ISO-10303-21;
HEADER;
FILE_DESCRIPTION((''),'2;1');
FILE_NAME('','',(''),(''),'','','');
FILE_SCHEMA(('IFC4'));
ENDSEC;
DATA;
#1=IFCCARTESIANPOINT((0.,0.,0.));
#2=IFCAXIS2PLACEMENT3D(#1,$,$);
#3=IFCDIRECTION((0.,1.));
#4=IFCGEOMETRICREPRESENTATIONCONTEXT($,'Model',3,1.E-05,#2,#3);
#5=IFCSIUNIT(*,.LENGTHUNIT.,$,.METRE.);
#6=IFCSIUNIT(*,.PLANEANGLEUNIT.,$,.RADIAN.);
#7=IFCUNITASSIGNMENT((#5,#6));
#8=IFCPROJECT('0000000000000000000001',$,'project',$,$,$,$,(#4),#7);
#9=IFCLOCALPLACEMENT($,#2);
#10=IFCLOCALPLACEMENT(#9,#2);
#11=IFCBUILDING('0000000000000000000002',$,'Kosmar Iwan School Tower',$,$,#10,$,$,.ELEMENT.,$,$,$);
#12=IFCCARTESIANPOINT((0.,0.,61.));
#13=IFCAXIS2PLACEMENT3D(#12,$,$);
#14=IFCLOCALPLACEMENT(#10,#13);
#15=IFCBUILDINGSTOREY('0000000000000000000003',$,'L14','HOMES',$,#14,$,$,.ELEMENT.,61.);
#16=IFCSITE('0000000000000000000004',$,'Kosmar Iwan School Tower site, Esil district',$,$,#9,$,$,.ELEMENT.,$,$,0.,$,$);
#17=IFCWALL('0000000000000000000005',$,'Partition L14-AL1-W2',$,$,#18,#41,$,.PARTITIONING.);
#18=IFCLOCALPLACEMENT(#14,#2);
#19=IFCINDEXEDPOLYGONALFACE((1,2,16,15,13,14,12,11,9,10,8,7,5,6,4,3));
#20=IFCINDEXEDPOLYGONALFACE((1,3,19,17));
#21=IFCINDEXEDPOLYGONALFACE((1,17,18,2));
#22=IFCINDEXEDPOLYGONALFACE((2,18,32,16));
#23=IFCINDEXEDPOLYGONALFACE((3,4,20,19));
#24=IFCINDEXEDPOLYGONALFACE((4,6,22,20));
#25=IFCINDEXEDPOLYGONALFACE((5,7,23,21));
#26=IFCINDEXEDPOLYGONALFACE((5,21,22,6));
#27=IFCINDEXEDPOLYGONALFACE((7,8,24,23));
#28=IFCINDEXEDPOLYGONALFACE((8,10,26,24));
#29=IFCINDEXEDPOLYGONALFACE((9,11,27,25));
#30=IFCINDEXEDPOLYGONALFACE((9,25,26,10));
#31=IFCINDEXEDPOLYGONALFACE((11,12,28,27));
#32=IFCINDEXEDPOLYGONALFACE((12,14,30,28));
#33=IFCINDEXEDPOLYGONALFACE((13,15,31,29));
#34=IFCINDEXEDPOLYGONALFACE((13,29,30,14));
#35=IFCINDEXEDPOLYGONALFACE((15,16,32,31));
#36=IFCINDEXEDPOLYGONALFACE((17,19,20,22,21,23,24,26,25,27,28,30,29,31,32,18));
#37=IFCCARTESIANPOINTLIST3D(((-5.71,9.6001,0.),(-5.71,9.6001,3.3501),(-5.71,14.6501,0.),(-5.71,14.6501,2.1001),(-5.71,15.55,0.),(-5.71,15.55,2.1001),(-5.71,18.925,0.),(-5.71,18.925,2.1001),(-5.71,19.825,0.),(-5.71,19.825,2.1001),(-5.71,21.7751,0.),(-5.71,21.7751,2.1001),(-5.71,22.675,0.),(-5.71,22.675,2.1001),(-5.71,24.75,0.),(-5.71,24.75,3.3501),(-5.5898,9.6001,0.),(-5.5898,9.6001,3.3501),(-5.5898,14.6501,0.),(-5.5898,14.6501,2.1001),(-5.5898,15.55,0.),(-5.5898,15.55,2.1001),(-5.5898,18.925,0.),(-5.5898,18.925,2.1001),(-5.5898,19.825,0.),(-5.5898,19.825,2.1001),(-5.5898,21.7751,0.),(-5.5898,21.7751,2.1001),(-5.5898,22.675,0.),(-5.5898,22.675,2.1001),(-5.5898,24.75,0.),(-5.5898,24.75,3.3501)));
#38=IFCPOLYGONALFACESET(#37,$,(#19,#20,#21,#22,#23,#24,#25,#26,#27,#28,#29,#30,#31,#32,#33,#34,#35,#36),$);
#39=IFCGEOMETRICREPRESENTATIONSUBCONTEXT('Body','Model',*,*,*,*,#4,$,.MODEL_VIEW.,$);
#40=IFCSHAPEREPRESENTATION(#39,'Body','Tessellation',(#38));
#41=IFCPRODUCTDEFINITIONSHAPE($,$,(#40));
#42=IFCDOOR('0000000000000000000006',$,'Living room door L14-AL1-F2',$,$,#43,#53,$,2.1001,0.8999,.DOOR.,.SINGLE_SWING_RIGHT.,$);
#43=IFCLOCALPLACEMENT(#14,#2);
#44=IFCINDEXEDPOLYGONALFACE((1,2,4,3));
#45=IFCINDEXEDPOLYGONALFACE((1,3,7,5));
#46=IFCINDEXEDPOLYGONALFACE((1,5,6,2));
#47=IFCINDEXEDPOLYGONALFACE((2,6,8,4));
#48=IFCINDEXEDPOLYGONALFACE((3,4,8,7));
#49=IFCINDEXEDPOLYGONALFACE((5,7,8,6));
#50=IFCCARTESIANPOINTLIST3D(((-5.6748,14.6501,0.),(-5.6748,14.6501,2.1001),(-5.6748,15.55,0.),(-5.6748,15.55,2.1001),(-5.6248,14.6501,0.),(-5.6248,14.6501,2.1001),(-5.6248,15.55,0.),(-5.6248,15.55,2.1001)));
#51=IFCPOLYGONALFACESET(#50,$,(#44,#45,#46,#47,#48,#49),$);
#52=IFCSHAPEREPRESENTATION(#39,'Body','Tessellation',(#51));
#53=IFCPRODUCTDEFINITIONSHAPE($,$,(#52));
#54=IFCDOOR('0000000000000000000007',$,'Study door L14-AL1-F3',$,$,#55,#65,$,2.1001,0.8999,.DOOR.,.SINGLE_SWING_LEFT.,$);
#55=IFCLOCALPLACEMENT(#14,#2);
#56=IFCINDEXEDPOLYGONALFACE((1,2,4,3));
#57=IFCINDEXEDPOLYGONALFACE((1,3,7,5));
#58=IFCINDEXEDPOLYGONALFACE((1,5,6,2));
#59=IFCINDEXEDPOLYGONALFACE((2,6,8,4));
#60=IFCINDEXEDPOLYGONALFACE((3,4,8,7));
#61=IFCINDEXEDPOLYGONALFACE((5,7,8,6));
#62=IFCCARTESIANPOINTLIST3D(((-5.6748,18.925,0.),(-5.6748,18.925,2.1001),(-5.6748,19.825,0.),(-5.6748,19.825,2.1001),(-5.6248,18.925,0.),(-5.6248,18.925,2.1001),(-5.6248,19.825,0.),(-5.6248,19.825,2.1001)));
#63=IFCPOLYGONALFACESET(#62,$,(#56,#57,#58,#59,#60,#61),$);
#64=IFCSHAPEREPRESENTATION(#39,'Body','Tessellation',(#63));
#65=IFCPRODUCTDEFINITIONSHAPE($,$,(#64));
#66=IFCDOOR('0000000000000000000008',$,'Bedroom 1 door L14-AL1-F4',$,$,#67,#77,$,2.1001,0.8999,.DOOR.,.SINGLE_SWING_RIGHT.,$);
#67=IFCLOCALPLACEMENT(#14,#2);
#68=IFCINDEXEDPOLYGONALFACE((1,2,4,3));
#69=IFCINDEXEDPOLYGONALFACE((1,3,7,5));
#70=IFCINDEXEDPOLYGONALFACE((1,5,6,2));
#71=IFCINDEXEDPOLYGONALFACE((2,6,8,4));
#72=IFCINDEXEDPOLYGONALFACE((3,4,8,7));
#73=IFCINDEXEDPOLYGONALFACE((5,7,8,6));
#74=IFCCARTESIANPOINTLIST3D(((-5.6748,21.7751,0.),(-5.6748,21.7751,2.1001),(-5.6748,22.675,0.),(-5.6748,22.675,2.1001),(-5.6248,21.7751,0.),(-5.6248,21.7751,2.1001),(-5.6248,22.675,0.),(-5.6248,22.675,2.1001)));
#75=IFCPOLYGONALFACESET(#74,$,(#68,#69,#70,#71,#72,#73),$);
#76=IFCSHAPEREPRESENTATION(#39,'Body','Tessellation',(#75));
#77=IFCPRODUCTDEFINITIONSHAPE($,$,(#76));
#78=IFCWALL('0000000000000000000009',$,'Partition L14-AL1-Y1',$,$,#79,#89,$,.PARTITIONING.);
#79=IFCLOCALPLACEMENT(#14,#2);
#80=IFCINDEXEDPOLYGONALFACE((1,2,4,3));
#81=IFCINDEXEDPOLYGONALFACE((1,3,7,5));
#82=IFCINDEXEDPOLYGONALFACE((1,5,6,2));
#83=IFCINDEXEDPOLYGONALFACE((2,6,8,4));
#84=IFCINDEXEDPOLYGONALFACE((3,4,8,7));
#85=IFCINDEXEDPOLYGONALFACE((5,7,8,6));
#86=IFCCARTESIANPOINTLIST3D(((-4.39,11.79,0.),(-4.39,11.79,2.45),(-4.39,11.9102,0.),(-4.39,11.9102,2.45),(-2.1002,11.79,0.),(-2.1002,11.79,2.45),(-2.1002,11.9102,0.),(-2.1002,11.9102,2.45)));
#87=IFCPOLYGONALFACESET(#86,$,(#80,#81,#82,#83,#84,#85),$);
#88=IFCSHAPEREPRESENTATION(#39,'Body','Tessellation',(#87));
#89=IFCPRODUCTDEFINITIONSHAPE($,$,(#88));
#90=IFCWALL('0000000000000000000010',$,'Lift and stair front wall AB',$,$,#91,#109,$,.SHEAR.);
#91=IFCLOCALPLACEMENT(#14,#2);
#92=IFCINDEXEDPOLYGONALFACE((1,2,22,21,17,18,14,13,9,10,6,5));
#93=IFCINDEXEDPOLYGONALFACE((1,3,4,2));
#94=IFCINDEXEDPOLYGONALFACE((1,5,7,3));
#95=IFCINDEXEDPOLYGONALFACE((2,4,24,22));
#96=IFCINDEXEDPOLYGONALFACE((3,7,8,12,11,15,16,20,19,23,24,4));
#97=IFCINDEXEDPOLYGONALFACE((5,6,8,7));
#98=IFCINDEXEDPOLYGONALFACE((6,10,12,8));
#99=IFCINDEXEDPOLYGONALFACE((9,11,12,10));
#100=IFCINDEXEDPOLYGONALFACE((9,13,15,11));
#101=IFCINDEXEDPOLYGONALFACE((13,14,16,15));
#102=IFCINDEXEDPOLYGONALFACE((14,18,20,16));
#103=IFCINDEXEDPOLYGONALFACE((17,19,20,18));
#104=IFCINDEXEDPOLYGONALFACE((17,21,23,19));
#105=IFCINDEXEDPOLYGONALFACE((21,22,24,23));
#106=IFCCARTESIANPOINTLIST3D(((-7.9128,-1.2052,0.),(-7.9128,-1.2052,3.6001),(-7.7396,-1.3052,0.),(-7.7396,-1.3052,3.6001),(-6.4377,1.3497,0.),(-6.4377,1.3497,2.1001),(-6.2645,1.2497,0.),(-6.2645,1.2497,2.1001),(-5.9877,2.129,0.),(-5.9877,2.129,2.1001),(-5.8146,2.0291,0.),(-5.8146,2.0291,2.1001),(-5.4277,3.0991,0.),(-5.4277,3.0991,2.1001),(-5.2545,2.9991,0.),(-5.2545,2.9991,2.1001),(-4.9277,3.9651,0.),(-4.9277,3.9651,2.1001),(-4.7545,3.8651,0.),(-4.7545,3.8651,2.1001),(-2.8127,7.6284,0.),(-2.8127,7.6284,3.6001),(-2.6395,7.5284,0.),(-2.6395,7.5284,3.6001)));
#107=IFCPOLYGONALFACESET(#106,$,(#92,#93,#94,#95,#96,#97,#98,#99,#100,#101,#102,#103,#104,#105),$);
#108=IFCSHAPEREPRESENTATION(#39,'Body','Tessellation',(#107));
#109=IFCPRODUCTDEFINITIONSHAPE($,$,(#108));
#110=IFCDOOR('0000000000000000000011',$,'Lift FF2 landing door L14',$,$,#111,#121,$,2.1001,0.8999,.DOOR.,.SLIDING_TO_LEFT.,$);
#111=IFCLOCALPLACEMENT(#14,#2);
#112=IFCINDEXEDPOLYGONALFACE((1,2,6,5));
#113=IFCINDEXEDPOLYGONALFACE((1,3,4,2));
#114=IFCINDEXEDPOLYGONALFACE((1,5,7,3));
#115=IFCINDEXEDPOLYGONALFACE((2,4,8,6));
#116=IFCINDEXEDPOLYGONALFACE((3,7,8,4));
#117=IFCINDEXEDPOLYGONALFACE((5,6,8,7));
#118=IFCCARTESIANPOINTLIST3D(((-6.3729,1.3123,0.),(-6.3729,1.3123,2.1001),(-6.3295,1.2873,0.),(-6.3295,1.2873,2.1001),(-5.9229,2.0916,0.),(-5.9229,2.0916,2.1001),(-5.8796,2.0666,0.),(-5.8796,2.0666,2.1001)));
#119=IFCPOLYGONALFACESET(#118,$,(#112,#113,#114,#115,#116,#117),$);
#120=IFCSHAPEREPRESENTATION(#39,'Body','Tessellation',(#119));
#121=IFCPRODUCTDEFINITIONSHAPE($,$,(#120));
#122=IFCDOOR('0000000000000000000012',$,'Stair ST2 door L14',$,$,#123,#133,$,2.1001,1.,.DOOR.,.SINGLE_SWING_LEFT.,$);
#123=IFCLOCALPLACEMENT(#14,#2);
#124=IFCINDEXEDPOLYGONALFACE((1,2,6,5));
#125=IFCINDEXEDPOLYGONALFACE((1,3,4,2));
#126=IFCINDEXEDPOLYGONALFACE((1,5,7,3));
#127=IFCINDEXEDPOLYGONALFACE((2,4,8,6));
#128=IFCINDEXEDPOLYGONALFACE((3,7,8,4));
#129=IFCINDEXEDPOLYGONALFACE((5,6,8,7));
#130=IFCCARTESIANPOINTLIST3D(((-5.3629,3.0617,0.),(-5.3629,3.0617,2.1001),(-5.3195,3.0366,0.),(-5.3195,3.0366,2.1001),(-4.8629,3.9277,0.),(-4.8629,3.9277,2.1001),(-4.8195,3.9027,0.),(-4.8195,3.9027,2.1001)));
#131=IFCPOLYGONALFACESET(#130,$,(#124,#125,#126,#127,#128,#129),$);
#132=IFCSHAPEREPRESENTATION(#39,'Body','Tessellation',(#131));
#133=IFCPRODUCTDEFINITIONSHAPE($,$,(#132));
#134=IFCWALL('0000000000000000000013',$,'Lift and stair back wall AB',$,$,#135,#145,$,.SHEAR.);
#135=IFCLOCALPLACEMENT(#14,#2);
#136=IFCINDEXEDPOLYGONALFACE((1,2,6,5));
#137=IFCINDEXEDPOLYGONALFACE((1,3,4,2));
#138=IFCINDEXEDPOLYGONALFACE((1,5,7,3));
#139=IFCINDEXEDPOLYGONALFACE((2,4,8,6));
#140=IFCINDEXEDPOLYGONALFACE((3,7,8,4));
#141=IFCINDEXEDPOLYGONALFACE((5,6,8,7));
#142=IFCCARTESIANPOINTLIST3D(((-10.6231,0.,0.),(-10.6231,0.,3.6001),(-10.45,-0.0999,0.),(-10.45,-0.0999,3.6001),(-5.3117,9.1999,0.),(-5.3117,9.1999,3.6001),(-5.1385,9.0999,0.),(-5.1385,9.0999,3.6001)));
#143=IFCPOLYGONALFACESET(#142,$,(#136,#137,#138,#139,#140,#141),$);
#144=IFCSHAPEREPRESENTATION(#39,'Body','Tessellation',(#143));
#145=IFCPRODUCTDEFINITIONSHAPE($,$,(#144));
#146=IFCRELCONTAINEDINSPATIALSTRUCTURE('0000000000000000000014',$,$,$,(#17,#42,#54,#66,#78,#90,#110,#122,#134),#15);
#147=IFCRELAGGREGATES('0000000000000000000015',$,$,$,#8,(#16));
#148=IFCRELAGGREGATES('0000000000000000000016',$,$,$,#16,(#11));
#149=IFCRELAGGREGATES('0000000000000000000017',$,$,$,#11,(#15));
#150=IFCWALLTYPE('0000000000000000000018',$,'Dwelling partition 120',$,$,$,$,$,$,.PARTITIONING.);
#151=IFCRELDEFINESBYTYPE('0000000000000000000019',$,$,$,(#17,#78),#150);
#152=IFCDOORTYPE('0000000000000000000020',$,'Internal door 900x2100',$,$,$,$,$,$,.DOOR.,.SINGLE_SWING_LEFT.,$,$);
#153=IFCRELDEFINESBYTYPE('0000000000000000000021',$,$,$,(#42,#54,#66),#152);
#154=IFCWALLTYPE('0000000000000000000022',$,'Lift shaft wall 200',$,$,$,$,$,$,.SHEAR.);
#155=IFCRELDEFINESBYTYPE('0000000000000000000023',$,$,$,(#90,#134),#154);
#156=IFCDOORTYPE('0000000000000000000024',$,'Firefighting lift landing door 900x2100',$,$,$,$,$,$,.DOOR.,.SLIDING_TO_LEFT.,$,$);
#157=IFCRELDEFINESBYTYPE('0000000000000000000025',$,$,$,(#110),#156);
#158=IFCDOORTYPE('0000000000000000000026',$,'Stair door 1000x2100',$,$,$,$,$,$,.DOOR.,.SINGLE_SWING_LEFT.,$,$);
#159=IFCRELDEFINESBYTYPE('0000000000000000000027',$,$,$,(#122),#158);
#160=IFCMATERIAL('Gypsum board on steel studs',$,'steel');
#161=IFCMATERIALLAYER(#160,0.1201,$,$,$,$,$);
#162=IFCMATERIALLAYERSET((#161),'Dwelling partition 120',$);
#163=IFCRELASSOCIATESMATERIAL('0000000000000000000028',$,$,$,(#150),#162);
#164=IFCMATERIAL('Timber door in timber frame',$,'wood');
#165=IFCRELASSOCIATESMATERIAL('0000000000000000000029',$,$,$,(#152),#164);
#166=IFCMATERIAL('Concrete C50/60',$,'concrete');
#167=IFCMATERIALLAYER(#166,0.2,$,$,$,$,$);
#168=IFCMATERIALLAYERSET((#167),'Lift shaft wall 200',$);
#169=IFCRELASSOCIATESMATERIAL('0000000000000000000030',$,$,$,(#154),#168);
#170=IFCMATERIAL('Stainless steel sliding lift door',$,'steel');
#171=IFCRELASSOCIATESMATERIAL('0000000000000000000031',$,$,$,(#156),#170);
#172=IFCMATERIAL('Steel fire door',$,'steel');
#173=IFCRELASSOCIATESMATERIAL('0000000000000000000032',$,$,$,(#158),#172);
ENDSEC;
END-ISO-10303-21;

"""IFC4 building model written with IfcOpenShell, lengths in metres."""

from ifc_helpers import new_model, si_unit, direction, frame, frame_2d, origin, place, context, subcontext, project, spatial, rectangle, extrude, material, layer, layer_set, type_object, element, fill, save


model = new_model("IFC4")

# Units and contexts
model_context = context("Model", 3, precision=1e-05, world=origin(), true_north=direction((0.0, 1.0)))
body_context = subcontext(model_context, "Body", "Model", "MODEL_VIEW")
ifc_project = project(units=[si_unit("LENGTHUNIT", "METRE"), si_unit("PLANEANGLEUNIT", "RADIAN")], contexts=[model_context])

# Site, building, storey
site_placement = place(None, origin())
site = spatial("IfcSite", under=ifc_project, at=site_placement, Name="Kosmar Iwan School Tower site, Esil district", CompositionType="ELEMENT", RefElevation=0.0)
building_placement = place(site_placement, origin())
building = spatial("IfcBuilding", under=site, at=building_placement, Name="Kosmar Iwan School Tower", CompositionType="ELEMENT")
storey_placement = place(building_placement, frame((0.0, 0.0, 61.0)))
storey = spatial("IfcBuildingStorey", under=building, at=storey_placement, Name="L14", Description="HOMES", CompositionType="ELEMENT", Elevation=61.0)

# Wall, openings, doors
ifc_material_1 = material(Name="Gypsum board on steel studs", Category="steel")
ifc_layer_1 = layer(ifc_material_1, 0.1201)
ifc_layer_set_1 = layer_set([ifc_layer_1], Name="Dwelling partition 120")
wall_type_1 = type_object("IfcWallType", Name="Dwelling partition 120", PredefinedType="PARTITIONING", material=ifc_layer_set_1)
ifc_material_2 = material(Name="Timber door in timber frame", Category="wood")
door_type_1 = type_object("IfcDoorType", Name="Internal door 900x2100", OperationType="SINGLE_SWING_LEFT", PredefinedType="DOOR", material=ifc_material_2)
wall_1_placement = place(storey_placement, frame((-5.6499, 9.6001, 0.0), z_axis=(0.0, 0.0, 1.0), x_axis=(0.0, 1.0, 0.0)))
wall_1 = element("IfcWall", 1, at=wall_1_placement, inside=storey, type_object=wall_type_1, Name="Partition L14-AL1-W2", PredefinedType="PARTITIONING", context=body_context, shape_type="SweptSolid", body=[
    extrude(rectangle(XDim=15.1499, YDim=0.1201, at=frame_2d((7.575, 0.0))), origin(), (0.0, 0.0, 1.0), 3.3501),
])
opening_1_placement = place(wall_1_placement, frame((5.05, 0.0, 0.0)))
opening_1 = element("IfcOpeningElement", 2, at=opening_1_placement, cuts=wall_1, PredefinedType="OPENING", context=body_context, shape_type="SweptSolid", body=[
    extrude(rectangle(XDim=0.8999, YDim=2.1001, at=frame_2d((0.45, 1.05))), frame((0.0, 0.072, 0.0), z_axis=(0.0, -1.0, 0.0), x_axis=(1.0, 0.0, 0.0)), (0.0, 0.0, 1.0), 0.144),
])
opening_2_placement = place(wall_1_placement, frame((9.325, 0.0, 0.0)))
opening_2 = element("IfcOpeningElement", 3, at=opening_2_placement, cuts=wall_1, PredefinedType="OPENING", context=body_context, shape_type="SweptSolid", body=[
    extrude(rectangle(XDim=0.8999, YDim=2.1001, at=frame_2d((0.45, 1.05))), frame((0.0, 0.072, 0.0), z_axis=(0.0, -1.0, 0.0), x_axis=(1.0, 0.0, 0.0)), (0.0, 0.0, 1.0), 0.144),
])
opening_3_placement = place(wall_1_placement, frame((12.175, 0.0, 0.0)))
opening_3 = element("IfcOpeningElement", 4, at=opening_3_placement, cuts=wall_1, PredefinedType="OPENING", context=body_context, shape_type="SweptSolid", body=[
    extrude(rectangle(XDim=0.8999, YDim=2.1001, at=frame_2d((0.45, 1.05))), frame((0.0, 0.072, 0.0), z_axis=(0.0, -1.0, 0.0), x_axis=(1.0, 0.0, 0.0)), (0.0, 0.0, 1.0), 0.144),
])
door_1_placement = place(opening_1_placement, origin())
door_1 = element("IfcDoor", 5, at=door_1_placement, inside=storey, type_object=door_type_1, Name="Living room door L14-AL1-F2", OperationType="SINGLE_SWING_RIGHT", OverallHeight=2.1001, OverallWidth=0.8999, PredefinedType="DOOR", context=body_context, shape_type="SweptSolid", body=[
    extrude(rectangle(XDim=0.8999, YDim=2.1001, at=frame_2d((0.45, 1.05))), frame((0.0, 0.0249, 0.0), z_axis=(0.0, -1.0, 0.0), x_axis=(1.0, 0.0, 0.0)), (0.0, 0.0, 1.0), 0.05),
])
fill(opening_1, door_1)
door_2_placement = place(opening_2_placement, origin())
door_2 = element("IfcDoor", 6, at=door_2_placement, inside=storey, type_object=door_type_1, Name="Study door L14-AL1-F3", OperationType="SINGLE_SWING_LEFT", OverallHeight=2.1001, OverallWidth=0.8999, PredefinedType="DOOR", context=body_context, shape_type="SweptSolid", body=[
    extrude(rectangle(XDim=0.8999, YDim=2.1001, at=frame_2d((0.45, 1.05))), frame((0.0, 0.0249, 0.0), z_axis=(0.0, -1.0, 0.0), x_axis=(1.0, 0.0, 0.0)), (0.0, 0.0, 1.0), 0.05),
])
fill(opening_2, door_2)
door_3_placement = place(opening_3_placement, origin())
door_3 = element("IfcDoor", 7, at=door_3_placement, inside=storey, type_object=door_type_1, Name="Bedroom 1 door L14-AL1-F4", OperationType="SINGLE_SWING_RIGHT", OverallHeight=2.1001, OverallWidth=0.8999, PredefinedType="DOOR", context=body_context, shape_type="SweptSolid", body=[
    extrude(rectangle(XDim=0.8999, YDim=2.1001, at=frame_2d((0.45, 1.05))), frame((0.0, 0.0249, 0.0), z_axis=(0.0, -1.0, 0.0), x_axis=(1.0, 0.0, 0.0)), (0.0, 0.0, 1.0), 0.05),
])
fill(opening_3, door_3)

# Wall
wall_2_placement = place(storey_placement, frame((-2.1001, 11.8501, 0.0), z_axis=(0.0, 0.0, 1.0), x_axis=(-1.0, 0.0, 0.0)))
element("IfcWall", 8, at=wall_2_placement, inside=storey, type_object=wall_type_1, Name="Partition L14-AL1-Y1", PredefinedType="PARTITIONING", context=body_context, shape_type="SweptSolid", body=[
    extrude(rectangle(XDim=2.2898, YDim=0.1201, at=frame_2d((1.145, 0.0))), origin(), (0.0, 0.0, 1.0), 2.45),
])

# Wall, openings, doors
ifc_material_3 = material(Name="Concrete C50/60", Category="concrete")
ifc_layer_2 = layer(ifc_material_3, 0.2)
ifc_layer_set_2 = layer_set([ifc_layer_2], Name="Lift shaft wall 200")
wall_type_2 = type_object("IfcWallType", Name="Lift shaft wall 200", PredefinedType="SHEAR", material=ifc_layer_set_2)
wall_3_placement = place(storey_placement, frame((-2.7261, 7.5784, 0.0), z_axis=(0.0, 0.0, 1.0), x_axis=(-0.500006, -0.866022, 0.0)))
wall_3 = element("IfcWall", 9, at=wall_3_placement, inside=storey, type_object=wall_type_2, Name="Lift and stair front wall AB", PredefinedType="SHEAR", context=body_context, shape_type="SweptSolid", body=[
    extrude(rectangle(XDim=10.2002, YDim=0.2, at=frame_2d((5.1001, 0.0))), origin(), (0.0, 0.0, 1.0), 3.6001),
])
opening_4_placement = place(wall_3_placement, frame((6.3501, 0.0, 0.0)))
opening_4 = element("IfcOpeningElement", 10, at=opening_4_placement, cuts=wall_3, PredefinedType="OPENING", context=body_context, shape_type="SweptSolid", body=[
    extrude(rectangle(XDim=0.8999, YDim=2.1001, at=frame_2d((0.45, 1.05))), frame((0.0, 0.1121, 0.0), z_axis=(0.0, -1.0, 0.0), x_axis=(1.0, 0.0, 0.0)), (0.0, 0.0, 1.0), 0.2239),
])
opening_5_placement = place(wall_3_placement, frame((4.23, 0.0, 0.0)))
opening_5 = element("IfcOpeningElement", 11, at=opening_5_placement, cuts=wall_3, PredefinedType="OPENING", context=body_context, shape_type="SweptSolid", body=[
    extrude(rectangle(XDim=1.0, YDim=2.1001, at=frame_2d((0.5, 1.05))), frame((0.0, 0.1121, 0.0), z_axis=(0.0, -1.0, 0.0), x_axis=(1.0, 0.0, 0.0)), (0.0, 0.0, 1.0), 0.2239),
])
ifc_material_4 = material(Name="Stainless steel sliding lift door", Category="steel")
door_type_2 = type_object("IfcDoorType", Name="Firefighting lift landing door 900x2100", OperationType="SLIDING_TO_LEFT", PredefinedType="DOOR", material=ifc_material_4)
door_4_placement = place(opening_4_placement, origin())
door_4 = element("IfcDoor", 12, at=door_4_placement, inside=storey, type_object=door_type_2, Name="Lift FF2 landing door L14", OperationType="SLIDING_TO_LEFT", OverallHeight=2.1001, OverallWidth=0.8999, PredefinedType="DOOR", context=body_context, shape_type="SweptSolid", body=[
    extrude(rectangle(XDim=0.8999, YDim=2.1001, at=frame_2d((0.45, 1.05))), frame((0.0, 0.0249, 0.0), z_axis=(0.0, -1.0, 0.0), x_axis=(1.0, 0.0, 0.0)), (0.0, 0.0, 1.0), 0.05),
])
fill(opening_4, door_4)
ifc_material_5 = material(Name="Steel fire door", Category="steel")
door_type_3 = type_object("IfcDoorType", Name="Stair door 1000x2100", OperationType="SINGLE_SWING_LEFT", PredefinedType="DOOR", material=ifc_material_5)
door_5_placement = place(opening_5_placement, origin())
door_5 = element("IfcDoor", 13, at=door_5_placement, inside=storey, type_object=door_type_3, Name="Stair ST2 door L14", OperationType="SINGLE_SWING_LEFT", OverallHeight=2.1001, OverallWidth=1.0, PredefinedType="DOOR", context=body_context, shape_type="SweptSolid", body=[
    extrude(rectangle(XDim=1.0, YDim=2.1001, at=frame_2d((0.5, 1.05))), frame((0.0, 0.0249, 0.0), z_axis=(0.0, -1.0, 0.0), x_axis=(1.0, 0.0, 0.0)), (0.0, 0.0, 1.0), 0.05),
])
fill(opening_5, door_5)

# Wall
wall_4_placement = place(storey_placement, frame((-5.2251, 9.1499, 0.0), z_axis=(0.0, 0.0, 1.0), x_axis=(-0.499995, -0.866028, 0.0)))
element("IfcWall", 14, at=wall_4_placement, inside=storey, type_object=wall_type_2, Name="Lift and stair back wall AB", PredefinedType="SHEAR", context=body_context, shape_type="SweptSolid", body=[
    extrude(rectangle(XDim=10.623, YDim=0.2, at=frame_2d((5.3115, 0.0))), origin(), (0.0, 0.0, 1.0), 3.6001),
])

save(model, "model.ifc")
